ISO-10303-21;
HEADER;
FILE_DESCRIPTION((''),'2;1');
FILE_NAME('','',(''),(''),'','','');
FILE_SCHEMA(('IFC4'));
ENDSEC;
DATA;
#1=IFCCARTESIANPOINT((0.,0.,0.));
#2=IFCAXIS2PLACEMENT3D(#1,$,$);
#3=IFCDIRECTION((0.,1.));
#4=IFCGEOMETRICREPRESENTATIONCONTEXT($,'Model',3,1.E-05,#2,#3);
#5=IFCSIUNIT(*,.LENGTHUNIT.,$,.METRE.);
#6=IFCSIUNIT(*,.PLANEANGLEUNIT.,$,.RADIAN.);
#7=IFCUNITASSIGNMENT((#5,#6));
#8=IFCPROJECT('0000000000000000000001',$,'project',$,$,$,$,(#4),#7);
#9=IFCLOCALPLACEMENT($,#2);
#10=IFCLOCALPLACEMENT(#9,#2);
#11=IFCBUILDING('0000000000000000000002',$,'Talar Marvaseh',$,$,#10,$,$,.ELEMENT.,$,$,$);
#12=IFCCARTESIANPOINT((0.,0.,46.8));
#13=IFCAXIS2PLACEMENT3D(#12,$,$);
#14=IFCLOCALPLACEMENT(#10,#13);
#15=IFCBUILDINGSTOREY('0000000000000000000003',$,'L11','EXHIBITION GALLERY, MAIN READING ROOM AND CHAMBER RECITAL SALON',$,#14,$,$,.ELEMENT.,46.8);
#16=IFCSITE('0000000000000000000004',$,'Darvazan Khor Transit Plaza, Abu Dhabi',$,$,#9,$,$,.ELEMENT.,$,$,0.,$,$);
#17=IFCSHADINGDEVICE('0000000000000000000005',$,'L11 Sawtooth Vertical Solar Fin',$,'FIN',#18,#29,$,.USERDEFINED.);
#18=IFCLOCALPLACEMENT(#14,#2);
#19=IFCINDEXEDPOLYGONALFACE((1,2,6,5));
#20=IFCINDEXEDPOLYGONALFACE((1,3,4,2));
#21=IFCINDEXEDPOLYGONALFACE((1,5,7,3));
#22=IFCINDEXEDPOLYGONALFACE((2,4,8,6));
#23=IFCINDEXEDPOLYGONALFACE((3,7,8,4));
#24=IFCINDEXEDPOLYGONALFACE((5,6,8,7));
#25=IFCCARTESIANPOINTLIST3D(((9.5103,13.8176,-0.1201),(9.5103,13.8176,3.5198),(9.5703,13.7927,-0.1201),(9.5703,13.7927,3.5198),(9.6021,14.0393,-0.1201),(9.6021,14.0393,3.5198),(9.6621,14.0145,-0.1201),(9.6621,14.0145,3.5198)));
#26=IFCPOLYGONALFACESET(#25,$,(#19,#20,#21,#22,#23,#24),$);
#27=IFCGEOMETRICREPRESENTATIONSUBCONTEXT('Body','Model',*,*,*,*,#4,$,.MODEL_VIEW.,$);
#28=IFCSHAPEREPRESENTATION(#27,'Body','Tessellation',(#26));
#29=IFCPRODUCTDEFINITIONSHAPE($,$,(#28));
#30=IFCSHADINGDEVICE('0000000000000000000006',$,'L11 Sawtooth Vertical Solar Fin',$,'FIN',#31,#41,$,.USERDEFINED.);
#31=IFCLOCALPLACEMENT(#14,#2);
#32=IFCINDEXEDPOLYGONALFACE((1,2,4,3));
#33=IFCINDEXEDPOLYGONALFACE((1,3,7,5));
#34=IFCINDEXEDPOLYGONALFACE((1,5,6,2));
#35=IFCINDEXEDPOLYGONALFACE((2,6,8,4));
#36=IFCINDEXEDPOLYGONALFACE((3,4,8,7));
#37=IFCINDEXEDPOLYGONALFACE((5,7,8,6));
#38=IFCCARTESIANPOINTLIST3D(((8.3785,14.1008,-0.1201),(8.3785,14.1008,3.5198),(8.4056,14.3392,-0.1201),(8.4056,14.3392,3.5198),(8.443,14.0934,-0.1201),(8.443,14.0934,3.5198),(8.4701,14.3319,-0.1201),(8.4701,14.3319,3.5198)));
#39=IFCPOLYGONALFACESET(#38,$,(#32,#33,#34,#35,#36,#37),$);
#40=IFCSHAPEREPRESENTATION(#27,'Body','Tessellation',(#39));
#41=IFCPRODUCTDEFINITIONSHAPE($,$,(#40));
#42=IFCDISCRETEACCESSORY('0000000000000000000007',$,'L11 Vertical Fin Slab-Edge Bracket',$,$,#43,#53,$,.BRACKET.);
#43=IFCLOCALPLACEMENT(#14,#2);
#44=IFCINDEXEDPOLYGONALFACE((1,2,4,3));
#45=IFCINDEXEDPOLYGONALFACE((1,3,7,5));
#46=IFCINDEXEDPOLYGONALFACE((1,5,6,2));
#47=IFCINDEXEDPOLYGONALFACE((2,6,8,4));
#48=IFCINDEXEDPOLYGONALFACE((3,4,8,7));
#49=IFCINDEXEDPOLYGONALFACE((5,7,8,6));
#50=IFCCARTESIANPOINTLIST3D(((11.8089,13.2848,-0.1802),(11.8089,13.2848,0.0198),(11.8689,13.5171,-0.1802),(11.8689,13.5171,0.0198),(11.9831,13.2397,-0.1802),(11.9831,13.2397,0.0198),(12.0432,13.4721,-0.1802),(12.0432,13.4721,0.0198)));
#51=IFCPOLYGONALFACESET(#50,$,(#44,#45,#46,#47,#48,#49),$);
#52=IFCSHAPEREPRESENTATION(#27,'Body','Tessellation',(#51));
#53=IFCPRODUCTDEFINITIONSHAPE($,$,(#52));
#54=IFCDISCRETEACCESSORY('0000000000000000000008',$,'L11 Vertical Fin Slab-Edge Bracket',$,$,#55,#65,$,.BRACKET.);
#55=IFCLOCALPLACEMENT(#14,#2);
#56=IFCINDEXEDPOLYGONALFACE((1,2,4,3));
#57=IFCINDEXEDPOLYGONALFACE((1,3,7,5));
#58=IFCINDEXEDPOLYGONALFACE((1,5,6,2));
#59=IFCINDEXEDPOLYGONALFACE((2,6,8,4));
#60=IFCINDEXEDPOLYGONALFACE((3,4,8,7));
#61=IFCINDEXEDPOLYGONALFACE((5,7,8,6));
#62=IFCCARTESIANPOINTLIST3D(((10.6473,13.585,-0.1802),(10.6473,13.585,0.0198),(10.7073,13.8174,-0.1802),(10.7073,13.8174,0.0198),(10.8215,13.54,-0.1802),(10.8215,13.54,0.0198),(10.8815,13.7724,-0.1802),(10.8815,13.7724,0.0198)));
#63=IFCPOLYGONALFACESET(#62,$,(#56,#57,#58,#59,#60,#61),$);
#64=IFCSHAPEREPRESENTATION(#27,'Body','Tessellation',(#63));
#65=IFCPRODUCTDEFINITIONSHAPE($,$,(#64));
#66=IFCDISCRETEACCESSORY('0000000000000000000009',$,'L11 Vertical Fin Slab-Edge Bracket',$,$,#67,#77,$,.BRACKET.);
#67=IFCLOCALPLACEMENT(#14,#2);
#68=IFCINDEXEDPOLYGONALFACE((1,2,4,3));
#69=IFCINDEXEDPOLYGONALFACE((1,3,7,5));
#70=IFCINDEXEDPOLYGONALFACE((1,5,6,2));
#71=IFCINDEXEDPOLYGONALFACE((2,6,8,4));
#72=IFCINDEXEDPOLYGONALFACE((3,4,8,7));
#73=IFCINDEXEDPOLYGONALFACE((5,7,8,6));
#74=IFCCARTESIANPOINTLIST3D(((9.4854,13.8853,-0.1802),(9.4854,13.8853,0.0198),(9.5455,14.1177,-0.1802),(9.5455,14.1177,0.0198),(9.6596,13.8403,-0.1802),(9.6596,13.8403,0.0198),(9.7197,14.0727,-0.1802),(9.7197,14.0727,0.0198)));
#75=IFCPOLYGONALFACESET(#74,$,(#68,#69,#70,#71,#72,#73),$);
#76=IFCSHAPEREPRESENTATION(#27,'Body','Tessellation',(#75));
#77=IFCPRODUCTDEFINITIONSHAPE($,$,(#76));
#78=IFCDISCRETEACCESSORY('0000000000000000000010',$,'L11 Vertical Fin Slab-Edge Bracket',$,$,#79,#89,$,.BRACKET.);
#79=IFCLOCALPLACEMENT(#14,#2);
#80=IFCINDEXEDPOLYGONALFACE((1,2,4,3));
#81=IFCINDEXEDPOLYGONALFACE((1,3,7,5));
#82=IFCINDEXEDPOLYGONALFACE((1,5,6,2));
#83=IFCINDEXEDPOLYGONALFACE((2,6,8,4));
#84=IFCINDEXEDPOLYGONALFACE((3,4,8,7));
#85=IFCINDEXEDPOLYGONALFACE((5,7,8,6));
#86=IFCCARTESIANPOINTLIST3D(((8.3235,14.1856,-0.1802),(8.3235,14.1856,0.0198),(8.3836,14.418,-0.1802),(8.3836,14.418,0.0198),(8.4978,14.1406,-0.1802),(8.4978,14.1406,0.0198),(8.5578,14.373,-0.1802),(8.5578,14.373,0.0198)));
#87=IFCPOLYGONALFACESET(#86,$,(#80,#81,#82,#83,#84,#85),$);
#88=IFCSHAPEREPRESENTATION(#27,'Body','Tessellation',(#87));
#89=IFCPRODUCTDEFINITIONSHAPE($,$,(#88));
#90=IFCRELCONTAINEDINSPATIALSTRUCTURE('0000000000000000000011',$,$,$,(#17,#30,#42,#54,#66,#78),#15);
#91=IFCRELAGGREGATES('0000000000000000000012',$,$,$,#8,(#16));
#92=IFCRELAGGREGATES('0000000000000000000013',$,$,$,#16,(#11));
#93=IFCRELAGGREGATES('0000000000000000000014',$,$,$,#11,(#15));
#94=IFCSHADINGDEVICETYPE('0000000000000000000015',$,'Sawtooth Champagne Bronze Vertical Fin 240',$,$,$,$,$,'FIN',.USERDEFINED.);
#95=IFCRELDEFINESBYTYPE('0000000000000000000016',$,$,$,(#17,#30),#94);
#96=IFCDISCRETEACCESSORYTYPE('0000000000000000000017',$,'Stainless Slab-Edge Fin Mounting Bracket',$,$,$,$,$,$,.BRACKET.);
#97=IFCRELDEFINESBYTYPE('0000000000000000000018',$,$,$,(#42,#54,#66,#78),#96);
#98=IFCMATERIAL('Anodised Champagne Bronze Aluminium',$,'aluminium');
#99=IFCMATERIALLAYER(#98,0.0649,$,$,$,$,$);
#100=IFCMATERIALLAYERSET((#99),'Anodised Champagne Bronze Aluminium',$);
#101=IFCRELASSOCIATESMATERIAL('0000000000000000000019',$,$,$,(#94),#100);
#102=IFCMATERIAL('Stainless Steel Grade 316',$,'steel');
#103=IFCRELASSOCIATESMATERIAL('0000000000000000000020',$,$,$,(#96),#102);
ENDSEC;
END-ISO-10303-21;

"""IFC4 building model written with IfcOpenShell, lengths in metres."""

from ifc_helpers import new_model, si_unit, direction, frame, origin, origin_2d, place, context, subcontext, project, spatial, rectangle, extrude, source, transform, mapped, material, layer, layer_set, type_object, type_shapes, element, save


model = new_model("IFC4")

# Units and contexts
model_context = context("Model", 3, precision=1e-05, world=origin(), true_north=direction((0.0, 1.0)))
body_context = subcontext(model_context, "Body", "Model", "MODEL_VIEW")
ifc_project = project(units=[si_unit("LENGTHUNIT", "METRE"), si_unit("PLANEANGLEUNIT", "RADIAN")], contexts=[model_context])

# Site, building, storey
site_placement = place(None, origin())
site = spatial("IfcSite", under=ifc_project, at=site_placement, Name="Darvazan Khor Transit Plaza, Abu Dhabi", CompositionType="ELEMENT", RefElevation=0.0)
building_placement = place(site_placement, origin())
building = spatial("IfcBuilding", under=site, at=building_placement, Name="Talar Marvaseh", CompositionType="ELEMENT")
storey_placement = place(building_placement, frame((0.0, 0.0, 46.8)))
storey = spatial("IfcBuildingStorey", under=building, at=storey_placement, Name="L11", Description="EXHIBITION GALLERY, MAIN READING ROOM AND CHAMBER RECITAL SALON", CompositionType="ELEMENT", Elevation=46.8)

# Shading devices
ifc_material_1 = material(Name="Anodised Champagne Bronze Aluminium", Category="aluminium")
ifc_layer_1 = layer(ifc_material_1, 0.0649)
ifc_layer_set_1 = layer_set([ifc_layer_1], Name="Anodised Champagne Bronze Aluminium")
shading_device_type = type_object("IfcShadingDeviceType", Name="Sawtooth Champagne Bronze Vertical Fin 240", ElementType="FIN", PredefinedType="USERDEFINED", material=ifc_layer_set_1)
shared_shape_1 = source(origin(), body_context, "Body", "SweptSolid", [
    extrude(rectangle(XDim=0.24, YDim=0.0649, at=origin_2d()), origin(), (0.0, 0.0, 1.0), 3.6399),
])
type_shapes(shading_device_type, [shared_shape_1])
for number, where, z_axis, x_axis, name in (
    (1, (9.5862, 13.916, -0.1201), (0.0, 0.0, 1.0), (-0.382522, -0.923946, 0.0), "L11 Sawtooth Vertical Solar Fin"),
    (2, (8.4243, 14.2163, -0.1201), (0.0, 0.0, 1.0), (-0.11303, -0.993592, 0.0), "L11 Sawtooth Vertical Solar Fin"),
):
    element("IfcShadingDevice", number, at=place(storey_placement, frame(where, z_axis=z_axis, x_axis=x_axis)), inside=storey, type_object=shading_device_type, Name=name, ObjectType="FIN", PredefinedType="USERDEFINED", context=body_context, shape_type="MappedRepresentation", body=[
        mapped(shared_shape_1, transform((0.0, 0.0, 0.0), x_axis=(1.0, 0.0, 0.0), y_axis=(0.0, 1.0, 0.0), z_axis=(0.0, 0.0, 1.0), scale=1.0)),
    ])

# Discrete accessories
ifc_material_2 = material(Name="Stainless Steel Grade 316", Category="steel")
discrete_accessory_type = type_object("IfcDiscreteAccessoryType", Name="Stainless Slab-Edge Fin Mounting Bracket", PredefinedType="BRACKET", material=ifc_material_2)
shared_shape_2 = source(origin(), body_context, "Body", "SweptSolid", [
    extrude(rectangle(XDim=0.24, YDim=0.1799, at=origin_2d()), origin(), (0.0, 0.0, 1.0), 0.2),
])
type_shapes(discrete_accessory_type, [shared_shape_2])
for number, where, z_axis, x_axis, name in (
    (3, (11.926, 13.3784, -0.1802), (0.0, 0.0, 1.0), (-0.250211, -0.968191, 0.0), "L11 Vertical Fin Slab-Edge Bracket"),
    (4, (10.7644, 13.6787, -0.1802), (0.0, 0.0, 1.0), (-0.250211, -0.968191, 0.0), "L11 Vertical Fin Slab-Edge Bracket"),
    (5, (9.6025, 13.979, -0.1802), (0.0, 0.0, 1.0), (-0.250211, -0.968191, 0.0), "L11 Vertical Fin Slab-Edge Bracket"),
    (6, (8.4407, 14.2793, -0.1802), (0.0, 0.0, 1.0), (-0.250211, -0.968191, 0.0), "L11 Vertical Fin Slab-Edge Bracket"),
):
    element("IfcDiscreteAccessory", number, at=place(storey_placement, frame(where, z_axis=z_axis, x_axis=x_axis)), inside=storey, type_object=discrete_accessory_type, Name=name, PredefinedType="BRACKET", context=body_context, shape_type="MappedRepresentation", body=[
        mapped(shared_shape_2, transform((0.0, 0.0, 0.0), x_axis=(1.0, 0.0, 0.0), y_axis=(0.0, 1.0, 0.0), z_axis=(0.0, 0.0, 1.0), scale=1.0)),
    ])

save(model, "model.ifc")
